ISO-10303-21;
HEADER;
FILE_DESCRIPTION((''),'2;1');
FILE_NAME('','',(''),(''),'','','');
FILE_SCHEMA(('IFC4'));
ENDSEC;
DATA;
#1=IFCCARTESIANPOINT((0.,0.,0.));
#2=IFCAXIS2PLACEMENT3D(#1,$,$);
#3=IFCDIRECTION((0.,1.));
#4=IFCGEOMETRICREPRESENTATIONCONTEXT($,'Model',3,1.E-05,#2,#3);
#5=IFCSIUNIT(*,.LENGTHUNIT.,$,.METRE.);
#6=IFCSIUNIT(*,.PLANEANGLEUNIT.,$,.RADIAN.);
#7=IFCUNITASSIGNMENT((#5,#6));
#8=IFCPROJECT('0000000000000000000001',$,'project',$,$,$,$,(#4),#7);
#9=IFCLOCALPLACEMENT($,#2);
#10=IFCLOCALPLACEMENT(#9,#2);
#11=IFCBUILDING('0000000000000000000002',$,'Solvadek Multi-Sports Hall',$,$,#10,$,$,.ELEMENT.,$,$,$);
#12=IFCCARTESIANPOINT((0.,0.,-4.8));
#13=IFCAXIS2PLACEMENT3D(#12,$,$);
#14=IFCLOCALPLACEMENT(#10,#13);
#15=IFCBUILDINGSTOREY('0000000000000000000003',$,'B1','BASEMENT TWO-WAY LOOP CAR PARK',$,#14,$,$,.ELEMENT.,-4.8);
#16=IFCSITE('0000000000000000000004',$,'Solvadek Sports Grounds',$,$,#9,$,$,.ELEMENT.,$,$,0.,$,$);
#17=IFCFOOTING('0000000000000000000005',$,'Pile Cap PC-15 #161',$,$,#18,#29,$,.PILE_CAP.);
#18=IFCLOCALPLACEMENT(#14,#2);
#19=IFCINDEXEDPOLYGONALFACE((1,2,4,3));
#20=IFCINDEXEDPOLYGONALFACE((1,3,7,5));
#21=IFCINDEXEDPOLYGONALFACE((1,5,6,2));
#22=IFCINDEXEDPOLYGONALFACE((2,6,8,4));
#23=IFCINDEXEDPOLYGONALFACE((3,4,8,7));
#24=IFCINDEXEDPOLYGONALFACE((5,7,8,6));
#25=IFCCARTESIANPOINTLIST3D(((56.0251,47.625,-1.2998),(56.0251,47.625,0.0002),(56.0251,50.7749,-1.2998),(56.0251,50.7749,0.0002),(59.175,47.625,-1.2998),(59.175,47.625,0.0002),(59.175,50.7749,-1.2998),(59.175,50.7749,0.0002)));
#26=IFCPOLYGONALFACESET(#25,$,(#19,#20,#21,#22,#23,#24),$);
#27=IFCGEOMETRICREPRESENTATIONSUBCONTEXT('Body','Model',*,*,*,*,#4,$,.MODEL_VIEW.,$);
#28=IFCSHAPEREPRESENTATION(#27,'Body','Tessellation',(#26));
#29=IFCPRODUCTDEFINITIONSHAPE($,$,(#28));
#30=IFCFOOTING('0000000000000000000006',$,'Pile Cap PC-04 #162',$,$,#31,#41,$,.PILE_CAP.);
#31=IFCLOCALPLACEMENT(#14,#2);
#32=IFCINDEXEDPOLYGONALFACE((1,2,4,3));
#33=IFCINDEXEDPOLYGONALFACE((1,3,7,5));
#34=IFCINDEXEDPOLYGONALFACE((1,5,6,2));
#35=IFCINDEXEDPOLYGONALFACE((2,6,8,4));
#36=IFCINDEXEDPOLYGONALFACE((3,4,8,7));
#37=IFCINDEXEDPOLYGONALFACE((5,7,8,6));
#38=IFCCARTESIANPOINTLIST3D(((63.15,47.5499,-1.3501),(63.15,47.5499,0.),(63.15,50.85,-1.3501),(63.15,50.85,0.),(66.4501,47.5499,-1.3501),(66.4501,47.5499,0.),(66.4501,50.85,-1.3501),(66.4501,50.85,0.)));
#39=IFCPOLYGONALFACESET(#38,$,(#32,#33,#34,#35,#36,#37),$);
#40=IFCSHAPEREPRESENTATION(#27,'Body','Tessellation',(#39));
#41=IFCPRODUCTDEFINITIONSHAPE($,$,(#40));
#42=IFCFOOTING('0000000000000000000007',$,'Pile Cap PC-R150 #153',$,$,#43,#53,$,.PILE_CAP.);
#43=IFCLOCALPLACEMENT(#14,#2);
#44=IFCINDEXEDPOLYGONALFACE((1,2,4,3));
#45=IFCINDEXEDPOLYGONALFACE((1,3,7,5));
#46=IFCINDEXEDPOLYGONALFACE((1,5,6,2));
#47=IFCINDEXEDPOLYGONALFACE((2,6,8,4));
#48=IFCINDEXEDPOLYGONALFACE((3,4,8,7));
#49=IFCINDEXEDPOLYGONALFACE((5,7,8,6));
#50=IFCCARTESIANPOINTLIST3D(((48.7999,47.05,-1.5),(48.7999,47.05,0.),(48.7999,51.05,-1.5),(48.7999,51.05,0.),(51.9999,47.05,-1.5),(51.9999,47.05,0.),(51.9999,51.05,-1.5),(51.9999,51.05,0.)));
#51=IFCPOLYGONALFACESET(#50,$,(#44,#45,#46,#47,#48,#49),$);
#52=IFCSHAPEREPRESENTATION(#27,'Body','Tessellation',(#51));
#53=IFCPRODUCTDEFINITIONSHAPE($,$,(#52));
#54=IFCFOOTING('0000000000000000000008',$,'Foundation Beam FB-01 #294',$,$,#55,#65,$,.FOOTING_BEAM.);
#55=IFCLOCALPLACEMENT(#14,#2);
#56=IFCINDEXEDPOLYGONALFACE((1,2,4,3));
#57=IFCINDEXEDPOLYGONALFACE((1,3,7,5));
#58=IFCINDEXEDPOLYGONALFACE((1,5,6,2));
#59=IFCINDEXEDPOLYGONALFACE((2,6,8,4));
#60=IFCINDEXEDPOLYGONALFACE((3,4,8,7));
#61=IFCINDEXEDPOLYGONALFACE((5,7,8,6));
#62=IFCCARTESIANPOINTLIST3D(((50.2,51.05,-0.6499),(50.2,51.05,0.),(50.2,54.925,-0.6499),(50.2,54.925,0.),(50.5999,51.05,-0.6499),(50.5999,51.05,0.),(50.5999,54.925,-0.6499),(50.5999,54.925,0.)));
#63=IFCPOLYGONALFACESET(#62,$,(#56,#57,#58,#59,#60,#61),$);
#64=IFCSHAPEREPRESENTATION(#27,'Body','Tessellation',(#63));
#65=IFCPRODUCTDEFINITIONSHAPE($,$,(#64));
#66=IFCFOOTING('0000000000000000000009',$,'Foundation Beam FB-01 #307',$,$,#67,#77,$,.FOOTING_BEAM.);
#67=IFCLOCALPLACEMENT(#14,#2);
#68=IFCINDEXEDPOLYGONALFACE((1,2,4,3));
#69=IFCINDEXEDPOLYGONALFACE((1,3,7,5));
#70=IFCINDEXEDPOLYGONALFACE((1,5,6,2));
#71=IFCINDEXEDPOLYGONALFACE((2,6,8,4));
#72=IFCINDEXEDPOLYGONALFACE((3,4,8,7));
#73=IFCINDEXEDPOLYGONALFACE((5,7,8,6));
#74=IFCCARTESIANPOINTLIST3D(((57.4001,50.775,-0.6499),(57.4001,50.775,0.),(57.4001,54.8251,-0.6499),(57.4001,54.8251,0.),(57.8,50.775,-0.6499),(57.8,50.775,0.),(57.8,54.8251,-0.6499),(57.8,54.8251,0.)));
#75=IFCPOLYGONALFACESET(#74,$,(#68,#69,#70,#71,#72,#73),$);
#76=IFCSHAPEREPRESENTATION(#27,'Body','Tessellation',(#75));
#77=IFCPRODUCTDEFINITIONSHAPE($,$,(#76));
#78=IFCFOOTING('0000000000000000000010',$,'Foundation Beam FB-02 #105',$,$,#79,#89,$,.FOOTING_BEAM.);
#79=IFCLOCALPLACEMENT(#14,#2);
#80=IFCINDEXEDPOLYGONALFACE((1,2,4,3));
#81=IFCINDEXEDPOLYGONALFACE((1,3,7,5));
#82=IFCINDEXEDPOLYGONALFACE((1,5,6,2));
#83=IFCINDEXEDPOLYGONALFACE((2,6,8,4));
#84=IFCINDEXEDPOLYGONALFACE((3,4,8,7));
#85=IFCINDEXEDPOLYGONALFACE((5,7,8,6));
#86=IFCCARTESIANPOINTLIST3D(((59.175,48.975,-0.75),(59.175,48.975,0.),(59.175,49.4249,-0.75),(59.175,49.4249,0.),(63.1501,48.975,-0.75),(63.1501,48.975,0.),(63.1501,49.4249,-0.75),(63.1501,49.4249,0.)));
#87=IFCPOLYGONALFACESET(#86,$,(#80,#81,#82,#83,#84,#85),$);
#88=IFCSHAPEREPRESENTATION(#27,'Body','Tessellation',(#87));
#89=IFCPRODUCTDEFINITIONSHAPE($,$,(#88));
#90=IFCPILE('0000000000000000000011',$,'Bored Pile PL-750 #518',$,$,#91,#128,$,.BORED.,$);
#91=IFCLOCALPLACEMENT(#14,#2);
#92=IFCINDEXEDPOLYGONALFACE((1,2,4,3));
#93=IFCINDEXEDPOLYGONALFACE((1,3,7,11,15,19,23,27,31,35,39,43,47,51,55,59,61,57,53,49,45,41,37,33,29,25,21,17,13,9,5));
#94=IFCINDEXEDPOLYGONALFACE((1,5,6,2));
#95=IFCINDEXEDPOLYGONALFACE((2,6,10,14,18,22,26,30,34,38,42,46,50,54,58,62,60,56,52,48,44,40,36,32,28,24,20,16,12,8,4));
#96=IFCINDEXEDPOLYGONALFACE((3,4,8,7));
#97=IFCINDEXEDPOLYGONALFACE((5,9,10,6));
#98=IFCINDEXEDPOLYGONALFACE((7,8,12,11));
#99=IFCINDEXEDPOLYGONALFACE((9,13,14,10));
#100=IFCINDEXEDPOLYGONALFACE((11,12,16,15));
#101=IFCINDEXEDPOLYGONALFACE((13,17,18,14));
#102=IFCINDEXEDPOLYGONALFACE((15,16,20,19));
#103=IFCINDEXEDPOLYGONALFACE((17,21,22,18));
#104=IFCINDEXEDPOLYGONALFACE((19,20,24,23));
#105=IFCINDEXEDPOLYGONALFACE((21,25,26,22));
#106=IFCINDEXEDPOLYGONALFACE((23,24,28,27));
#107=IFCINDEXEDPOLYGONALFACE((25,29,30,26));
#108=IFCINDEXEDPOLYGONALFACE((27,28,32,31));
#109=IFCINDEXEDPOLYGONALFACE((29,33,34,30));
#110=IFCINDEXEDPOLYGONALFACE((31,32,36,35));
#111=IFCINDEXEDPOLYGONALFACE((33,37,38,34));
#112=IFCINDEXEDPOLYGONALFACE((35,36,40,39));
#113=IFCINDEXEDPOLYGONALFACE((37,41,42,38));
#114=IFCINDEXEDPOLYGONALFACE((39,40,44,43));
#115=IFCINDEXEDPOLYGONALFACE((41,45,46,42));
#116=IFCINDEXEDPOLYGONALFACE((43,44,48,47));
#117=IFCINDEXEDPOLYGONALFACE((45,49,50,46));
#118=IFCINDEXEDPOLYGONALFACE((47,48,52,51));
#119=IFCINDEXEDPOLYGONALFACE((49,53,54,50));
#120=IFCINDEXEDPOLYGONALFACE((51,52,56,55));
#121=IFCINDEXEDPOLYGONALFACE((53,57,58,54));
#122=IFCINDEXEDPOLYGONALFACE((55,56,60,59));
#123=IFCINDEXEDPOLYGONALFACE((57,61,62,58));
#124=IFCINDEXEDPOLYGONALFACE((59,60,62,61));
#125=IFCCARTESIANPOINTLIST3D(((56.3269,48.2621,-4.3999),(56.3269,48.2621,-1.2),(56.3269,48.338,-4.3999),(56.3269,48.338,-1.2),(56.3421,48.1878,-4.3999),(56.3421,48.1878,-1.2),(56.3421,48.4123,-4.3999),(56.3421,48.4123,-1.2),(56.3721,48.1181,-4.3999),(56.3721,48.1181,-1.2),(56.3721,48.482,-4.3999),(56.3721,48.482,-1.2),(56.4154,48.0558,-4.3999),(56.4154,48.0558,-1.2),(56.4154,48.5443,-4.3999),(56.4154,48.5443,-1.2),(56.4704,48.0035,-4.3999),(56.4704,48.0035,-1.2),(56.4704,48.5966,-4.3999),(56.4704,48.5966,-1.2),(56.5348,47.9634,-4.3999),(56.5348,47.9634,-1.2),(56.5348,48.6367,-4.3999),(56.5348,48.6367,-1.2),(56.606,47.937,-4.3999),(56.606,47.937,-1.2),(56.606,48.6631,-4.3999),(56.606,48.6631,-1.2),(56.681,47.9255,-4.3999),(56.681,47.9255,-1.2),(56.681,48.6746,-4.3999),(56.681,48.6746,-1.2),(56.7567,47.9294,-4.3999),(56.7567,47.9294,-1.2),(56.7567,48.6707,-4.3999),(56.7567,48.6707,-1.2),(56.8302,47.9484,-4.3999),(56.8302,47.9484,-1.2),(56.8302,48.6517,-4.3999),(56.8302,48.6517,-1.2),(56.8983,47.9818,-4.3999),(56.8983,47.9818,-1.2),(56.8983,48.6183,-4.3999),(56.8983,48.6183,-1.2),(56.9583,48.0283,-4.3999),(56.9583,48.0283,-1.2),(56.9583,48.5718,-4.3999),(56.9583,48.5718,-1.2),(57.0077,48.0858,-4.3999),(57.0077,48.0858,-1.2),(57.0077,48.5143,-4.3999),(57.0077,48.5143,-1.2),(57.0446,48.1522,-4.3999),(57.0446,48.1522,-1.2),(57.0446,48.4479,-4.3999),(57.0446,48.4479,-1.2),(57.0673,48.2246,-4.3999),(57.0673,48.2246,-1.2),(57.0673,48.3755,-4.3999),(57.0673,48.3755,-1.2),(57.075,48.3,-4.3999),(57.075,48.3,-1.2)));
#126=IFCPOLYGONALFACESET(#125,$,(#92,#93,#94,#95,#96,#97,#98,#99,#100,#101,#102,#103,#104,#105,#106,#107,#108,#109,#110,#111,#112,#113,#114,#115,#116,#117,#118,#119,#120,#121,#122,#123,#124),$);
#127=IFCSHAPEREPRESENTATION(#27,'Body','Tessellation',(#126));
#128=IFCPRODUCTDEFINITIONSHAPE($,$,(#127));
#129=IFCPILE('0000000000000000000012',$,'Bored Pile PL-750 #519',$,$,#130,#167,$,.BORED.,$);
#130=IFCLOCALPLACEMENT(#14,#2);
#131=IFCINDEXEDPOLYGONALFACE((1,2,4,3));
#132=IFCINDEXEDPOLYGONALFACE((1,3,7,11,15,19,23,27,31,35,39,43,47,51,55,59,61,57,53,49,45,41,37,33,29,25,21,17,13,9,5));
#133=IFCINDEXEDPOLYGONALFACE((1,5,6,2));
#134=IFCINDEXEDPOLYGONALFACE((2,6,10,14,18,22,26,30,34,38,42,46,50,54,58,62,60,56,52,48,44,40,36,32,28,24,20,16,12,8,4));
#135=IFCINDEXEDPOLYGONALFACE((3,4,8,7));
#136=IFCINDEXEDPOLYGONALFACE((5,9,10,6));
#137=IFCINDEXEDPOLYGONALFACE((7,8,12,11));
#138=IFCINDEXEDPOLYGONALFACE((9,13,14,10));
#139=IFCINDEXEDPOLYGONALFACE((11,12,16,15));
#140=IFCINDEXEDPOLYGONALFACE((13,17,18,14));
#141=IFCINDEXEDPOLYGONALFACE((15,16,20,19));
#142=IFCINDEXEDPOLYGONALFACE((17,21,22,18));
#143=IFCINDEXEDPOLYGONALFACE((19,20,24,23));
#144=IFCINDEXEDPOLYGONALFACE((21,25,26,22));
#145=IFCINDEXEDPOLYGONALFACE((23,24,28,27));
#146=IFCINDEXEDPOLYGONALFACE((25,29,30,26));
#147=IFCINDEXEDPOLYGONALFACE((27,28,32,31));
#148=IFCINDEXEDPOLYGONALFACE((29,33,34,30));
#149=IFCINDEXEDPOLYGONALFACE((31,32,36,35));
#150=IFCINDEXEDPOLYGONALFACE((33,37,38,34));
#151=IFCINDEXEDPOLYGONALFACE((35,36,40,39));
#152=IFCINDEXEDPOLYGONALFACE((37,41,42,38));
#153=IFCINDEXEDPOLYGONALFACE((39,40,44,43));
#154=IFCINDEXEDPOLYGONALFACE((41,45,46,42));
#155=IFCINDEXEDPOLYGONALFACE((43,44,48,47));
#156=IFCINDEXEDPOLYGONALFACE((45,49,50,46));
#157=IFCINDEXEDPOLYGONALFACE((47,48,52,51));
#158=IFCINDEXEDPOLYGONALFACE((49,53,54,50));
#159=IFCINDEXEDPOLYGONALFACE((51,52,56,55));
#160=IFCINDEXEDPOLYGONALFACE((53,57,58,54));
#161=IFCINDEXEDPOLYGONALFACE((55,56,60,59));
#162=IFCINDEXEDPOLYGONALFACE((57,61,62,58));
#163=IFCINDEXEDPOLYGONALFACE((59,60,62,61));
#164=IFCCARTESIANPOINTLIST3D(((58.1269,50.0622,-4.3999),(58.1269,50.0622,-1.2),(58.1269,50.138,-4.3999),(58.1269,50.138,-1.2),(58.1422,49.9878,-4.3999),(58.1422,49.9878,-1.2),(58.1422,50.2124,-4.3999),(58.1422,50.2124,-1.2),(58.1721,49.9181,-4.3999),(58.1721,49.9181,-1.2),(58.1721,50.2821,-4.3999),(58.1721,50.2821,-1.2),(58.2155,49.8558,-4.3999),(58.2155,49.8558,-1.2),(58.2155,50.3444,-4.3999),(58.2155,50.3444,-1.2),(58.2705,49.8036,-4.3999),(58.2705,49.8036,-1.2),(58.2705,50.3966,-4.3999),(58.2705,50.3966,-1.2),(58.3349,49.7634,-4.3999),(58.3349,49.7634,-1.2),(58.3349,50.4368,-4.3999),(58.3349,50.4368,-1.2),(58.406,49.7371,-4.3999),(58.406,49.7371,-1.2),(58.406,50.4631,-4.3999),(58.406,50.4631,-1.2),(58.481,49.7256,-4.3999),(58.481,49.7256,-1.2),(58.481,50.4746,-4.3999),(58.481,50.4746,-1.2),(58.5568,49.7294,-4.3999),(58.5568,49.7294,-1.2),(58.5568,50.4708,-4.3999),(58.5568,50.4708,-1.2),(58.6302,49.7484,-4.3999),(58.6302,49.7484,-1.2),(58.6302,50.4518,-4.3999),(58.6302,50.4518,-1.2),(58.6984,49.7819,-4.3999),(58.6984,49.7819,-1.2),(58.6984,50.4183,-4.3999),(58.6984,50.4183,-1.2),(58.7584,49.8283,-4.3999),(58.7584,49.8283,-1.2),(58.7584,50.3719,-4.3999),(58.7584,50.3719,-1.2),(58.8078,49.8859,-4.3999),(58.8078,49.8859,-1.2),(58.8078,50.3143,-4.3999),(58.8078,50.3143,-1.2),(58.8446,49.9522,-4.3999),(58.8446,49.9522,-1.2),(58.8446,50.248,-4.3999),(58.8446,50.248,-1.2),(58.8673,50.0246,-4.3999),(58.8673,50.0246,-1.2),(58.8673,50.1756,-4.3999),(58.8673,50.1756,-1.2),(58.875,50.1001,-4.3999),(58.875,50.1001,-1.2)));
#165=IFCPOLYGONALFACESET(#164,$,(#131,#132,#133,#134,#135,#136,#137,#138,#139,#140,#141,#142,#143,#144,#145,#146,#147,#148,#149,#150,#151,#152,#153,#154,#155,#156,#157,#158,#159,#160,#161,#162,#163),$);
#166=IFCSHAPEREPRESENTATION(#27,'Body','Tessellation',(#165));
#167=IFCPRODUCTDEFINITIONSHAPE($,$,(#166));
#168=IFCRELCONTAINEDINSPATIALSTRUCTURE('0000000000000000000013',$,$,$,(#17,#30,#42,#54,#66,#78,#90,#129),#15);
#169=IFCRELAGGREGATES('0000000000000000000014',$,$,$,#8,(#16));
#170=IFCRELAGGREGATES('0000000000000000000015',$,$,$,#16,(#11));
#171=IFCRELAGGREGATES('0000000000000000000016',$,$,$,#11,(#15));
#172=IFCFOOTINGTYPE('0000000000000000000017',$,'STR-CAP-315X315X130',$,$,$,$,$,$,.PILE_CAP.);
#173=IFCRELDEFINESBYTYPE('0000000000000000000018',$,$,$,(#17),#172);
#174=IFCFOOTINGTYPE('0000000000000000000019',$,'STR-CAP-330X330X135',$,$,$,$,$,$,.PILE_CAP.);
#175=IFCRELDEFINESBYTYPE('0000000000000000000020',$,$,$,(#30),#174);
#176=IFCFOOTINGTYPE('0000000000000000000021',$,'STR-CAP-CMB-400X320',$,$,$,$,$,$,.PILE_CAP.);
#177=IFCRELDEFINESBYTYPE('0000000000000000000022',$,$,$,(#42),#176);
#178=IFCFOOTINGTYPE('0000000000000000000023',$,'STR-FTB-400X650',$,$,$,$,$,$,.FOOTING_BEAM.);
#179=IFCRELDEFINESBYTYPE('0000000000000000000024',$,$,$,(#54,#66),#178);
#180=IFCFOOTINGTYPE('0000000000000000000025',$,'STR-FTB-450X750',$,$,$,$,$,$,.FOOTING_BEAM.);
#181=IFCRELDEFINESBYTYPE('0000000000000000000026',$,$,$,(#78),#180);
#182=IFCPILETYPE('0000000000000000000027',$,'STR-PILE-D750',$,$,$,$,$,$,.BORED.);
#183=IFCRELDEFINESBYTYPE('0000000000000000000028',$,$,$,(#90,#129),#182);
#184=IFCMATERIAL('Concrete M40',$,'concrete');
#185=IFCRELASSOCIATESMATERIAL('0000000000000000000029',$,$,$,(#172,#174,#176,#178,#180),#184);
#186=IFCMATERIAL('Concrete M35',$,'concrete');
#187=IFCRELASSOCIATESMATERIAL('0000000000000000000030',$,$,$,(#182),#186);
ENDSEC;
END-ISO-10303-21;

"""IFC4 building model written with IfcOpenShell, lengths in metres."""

from ifc_helpers import new_model, si_unit, direction, frame, origin, origin_2d, place, context, subcontext, project, spatial, rectangle, circle, extrude, material, material_profile, profile_set, type_object, element, save


model = new_model("IFC4")

# Units and contexts
model_context = context("Model", 3, precision=1e-05, world=origin(), true_north=direction((0.0, 1.0)))
body_context = subcontext(model_context, "Body", "Model", "MODEL_VIEW")
ifc_project = project(units=[si_unit("LENGTHUNIT", "METRE"), si_unit("PLANEANGLEUNIT", "RADIAN")], contexts=[model_context])

# Site, building, storey
site_placement = place(None, origin())
site = spatial("IfcSite", under=ifc_project, at=site_placement, Name="Solvadek Sports Grounds", CompositionType="ELEMENT", RefElevation=0.0)
building_placement = place(site_placement, origin())
building = spatial("IfcBuilding", under=site, at=building_placement, Name="Solvadek Multi-Sports Hall", CompositionType="ELEMENT")
storey_placement = place(building_placement, frame((0.0, 0.0, -4.8)))
storey = spatial("IfcBuildingStorey", under=building, at=storey_placement, Name="B1", Description="BASEMENT TWO-WAY LOOP CAR PARK", CompositionType="ELEMENT", Elevation=-4.8)

# Footings
ifc_material_1 = material(Name="Concrete M40", Category="concrete")
footing_type_1 = type_object("IfcFootingType", Name="STR-CAP-315X315X130", PredefinedType="PILE_CAP", material=ifc_material_1)
footing_1_placement = place(storey_placement, frame((57.6001, 49.2, -1.2998), z_axis=(0.0, 0.0, 1.0), x_axis=(1.0, 0.0, 0.0)))
element("IfcFooting", 1, at=footing_1_placement, inside=storey, type_object=footing_type_1, Name="Pile Cap PC-15 #161", PredefinedType="PILE_CAP", context=body_context, shape_type="SweptSolid", body=[
    extrude(rectangle(XDim=3.1499, YDim=3.1499, at=origin_2d()), origin(), (0.0, 0.0, 1.0), 1.3),
])
footing_type_2 = type_object("IfcFootingType", Name="STR-CAP-330X330X135", PredefinedType="PILE_CAP", material=ifc_material_1)
footing_2_placement = place(storey_placement, frame((64.8, 49.2, -1.3501), z_axis=(0.0, 0.0, 1.0), x_axis=(1.0, 0.0, 0.0)))
element("IfcFooting", 2, at=footing_2_placement, inside=storey, type_object=footing_type_2, Name="Pile Cap PC-04 #162", PredefinedType="PILE_CAP", context=body_context, shape_type="SweptSolid", body=[
    extrude(rectangle(XDim=3.3, YDim=3.3, at=origin_2d()), origin(), (0.0, 0.0, 1.0), 1.3501),
])
footing_type_3 = type_object("IfcFootingType", Name="STR-CAP-CMB-400X320", PredefinedType="PILE_CAP", material=ifc_material_1)
footing_3_placement = place(storey_placement, frame((50.3999, 49.05, -1.5), z_axis=(0.0, 0.0, 1.0), x_axis=(0.0, 1.0, 0.0)))
element("IfcFooting", 3, at=footing_3_placement, inside=storey, type_object=footing_type_3, Name="Pile Cap PC-R150 #153", PredefinedType="PILE_CAP", context=body_context, shape_type="SweptSolid", body=[
    extrude(rectangle(XDim=4.0, YDim=3.2, at=origin_2d()), origin(), (0.0, 0.0, 1.0), 1.5),
])
footing_type_4 = type_object("IfcFootingType", Name="STR-FTB-400X650", PredefinedType="FOOTING_BEAM", material=ifc_material_1)
footing_4_placement = place(storey_placement, frame((50.3999, 52.9875, -0.6499), z_axis=(0.0, 0.0, 1.0), x_axis=(0.0, 1.0, 0.0)))
element("IfcFooting", 4, at=footing_4_placement, inside=storey, type_object=footing_type_4, Name="Foundation Beam FB-01 #294", PredefinedType="FOOTING_BEAM", context=body_context, shape_type="SweptSolid", body=[
    extrude(rectangle(XDim=3.875, YDim=0.3999, at=origin_2d()), origin(), (0.0, 0.0, 1.0), 0.6499),
])
footing_5_placement = place(storey_placement, frame((57.6001, 52.8, -0.6499), z_axis=(0.0, 0.0, 1.0), x_axis=(0.0, 1.0, 0.0)))
element("IfcFooting", 5, at=footing_5_placement, inside=storey, type_object=footing_type_4, Name="Foundation Beam FB-01 #307", PredefinedType="FOOTING_BEAM", context=body_context, shape_type="SweptSolid", body=[
    extrude(rectangle(XDim=4.05, YDim=0.3999, at=origin_2d()), origin(), (0.0, 0.0, 1.0), 0.6499),
])
footing_type_5 = type_object("IfcFootingType", Name="STR-FTB-450X750", PredefinedType="FOOTING_BEAM", material=ifc_material_1)
footing_6_placement = place(storey_placement, frame((61.1626, 49.2, -0.75), z_axis=(0.0, 0.0, 1.0), x_axis=(1.0, 0.0, 0.0)))
element("IfcFooting", 6, at=footing_6_placement, inside=storey, type_object=footing_type_5, Name="Foundation Beam FB-02 #105", PredefinedType="FOOTING_BEAM", context=body_context, shape_type="SweptSolid", body=[
    extrude(rectangle(XDim=3.9751, YDim=0.45, at=origin_2d()), origin(), (0.0, 0.0, 1.0), 0.75),
])

# Piles
ifc_material_2 = material(Name="Concrete M35", Category="concrete")
ifc_material_profile_1 = material_profile(ifc_material_2, circle(Radius=0.375, at=origin_2d()), Name="BORED PILE D750")
ifc_profile_set_1 = profile_set([ifc_material_profile_1], Name="Concrete M35")
pile_type_1 = type_object("IfcPileType", Name="STR-PILE-D750", PredefinedType="BORED", material=ifc_profile_set_1)
for number, where, z_axis, x_axis, name in (
    (7, (56.7, 48.3, -1.2), (0.0, 0.0, -1.0), (1.0, 0.0, 0.0), "Bored Pile PL-750 #518"),
    (8, (58.5, 50.1001, -1.2), (0.0, 0.0, -1.0), (1.0, 0.0, 0.0), "Bored Pile PL-750 #519"),
):
    element("IfcPile", number, at=place(storey_placement, frame(where, z_axis=z_axis, x_axis=x_axis)), inside=storey, type_object=pile_type_1, Name=name, PredefinedType="BORED", context=body_context, shape_type="SweptSolid", body=[
        extrude(circle(Radius=0.375, at=origin_2d()), origin(), (0.0, 0.0, 1.0), 3.2),
    ])

save(model, "model.ifc")
